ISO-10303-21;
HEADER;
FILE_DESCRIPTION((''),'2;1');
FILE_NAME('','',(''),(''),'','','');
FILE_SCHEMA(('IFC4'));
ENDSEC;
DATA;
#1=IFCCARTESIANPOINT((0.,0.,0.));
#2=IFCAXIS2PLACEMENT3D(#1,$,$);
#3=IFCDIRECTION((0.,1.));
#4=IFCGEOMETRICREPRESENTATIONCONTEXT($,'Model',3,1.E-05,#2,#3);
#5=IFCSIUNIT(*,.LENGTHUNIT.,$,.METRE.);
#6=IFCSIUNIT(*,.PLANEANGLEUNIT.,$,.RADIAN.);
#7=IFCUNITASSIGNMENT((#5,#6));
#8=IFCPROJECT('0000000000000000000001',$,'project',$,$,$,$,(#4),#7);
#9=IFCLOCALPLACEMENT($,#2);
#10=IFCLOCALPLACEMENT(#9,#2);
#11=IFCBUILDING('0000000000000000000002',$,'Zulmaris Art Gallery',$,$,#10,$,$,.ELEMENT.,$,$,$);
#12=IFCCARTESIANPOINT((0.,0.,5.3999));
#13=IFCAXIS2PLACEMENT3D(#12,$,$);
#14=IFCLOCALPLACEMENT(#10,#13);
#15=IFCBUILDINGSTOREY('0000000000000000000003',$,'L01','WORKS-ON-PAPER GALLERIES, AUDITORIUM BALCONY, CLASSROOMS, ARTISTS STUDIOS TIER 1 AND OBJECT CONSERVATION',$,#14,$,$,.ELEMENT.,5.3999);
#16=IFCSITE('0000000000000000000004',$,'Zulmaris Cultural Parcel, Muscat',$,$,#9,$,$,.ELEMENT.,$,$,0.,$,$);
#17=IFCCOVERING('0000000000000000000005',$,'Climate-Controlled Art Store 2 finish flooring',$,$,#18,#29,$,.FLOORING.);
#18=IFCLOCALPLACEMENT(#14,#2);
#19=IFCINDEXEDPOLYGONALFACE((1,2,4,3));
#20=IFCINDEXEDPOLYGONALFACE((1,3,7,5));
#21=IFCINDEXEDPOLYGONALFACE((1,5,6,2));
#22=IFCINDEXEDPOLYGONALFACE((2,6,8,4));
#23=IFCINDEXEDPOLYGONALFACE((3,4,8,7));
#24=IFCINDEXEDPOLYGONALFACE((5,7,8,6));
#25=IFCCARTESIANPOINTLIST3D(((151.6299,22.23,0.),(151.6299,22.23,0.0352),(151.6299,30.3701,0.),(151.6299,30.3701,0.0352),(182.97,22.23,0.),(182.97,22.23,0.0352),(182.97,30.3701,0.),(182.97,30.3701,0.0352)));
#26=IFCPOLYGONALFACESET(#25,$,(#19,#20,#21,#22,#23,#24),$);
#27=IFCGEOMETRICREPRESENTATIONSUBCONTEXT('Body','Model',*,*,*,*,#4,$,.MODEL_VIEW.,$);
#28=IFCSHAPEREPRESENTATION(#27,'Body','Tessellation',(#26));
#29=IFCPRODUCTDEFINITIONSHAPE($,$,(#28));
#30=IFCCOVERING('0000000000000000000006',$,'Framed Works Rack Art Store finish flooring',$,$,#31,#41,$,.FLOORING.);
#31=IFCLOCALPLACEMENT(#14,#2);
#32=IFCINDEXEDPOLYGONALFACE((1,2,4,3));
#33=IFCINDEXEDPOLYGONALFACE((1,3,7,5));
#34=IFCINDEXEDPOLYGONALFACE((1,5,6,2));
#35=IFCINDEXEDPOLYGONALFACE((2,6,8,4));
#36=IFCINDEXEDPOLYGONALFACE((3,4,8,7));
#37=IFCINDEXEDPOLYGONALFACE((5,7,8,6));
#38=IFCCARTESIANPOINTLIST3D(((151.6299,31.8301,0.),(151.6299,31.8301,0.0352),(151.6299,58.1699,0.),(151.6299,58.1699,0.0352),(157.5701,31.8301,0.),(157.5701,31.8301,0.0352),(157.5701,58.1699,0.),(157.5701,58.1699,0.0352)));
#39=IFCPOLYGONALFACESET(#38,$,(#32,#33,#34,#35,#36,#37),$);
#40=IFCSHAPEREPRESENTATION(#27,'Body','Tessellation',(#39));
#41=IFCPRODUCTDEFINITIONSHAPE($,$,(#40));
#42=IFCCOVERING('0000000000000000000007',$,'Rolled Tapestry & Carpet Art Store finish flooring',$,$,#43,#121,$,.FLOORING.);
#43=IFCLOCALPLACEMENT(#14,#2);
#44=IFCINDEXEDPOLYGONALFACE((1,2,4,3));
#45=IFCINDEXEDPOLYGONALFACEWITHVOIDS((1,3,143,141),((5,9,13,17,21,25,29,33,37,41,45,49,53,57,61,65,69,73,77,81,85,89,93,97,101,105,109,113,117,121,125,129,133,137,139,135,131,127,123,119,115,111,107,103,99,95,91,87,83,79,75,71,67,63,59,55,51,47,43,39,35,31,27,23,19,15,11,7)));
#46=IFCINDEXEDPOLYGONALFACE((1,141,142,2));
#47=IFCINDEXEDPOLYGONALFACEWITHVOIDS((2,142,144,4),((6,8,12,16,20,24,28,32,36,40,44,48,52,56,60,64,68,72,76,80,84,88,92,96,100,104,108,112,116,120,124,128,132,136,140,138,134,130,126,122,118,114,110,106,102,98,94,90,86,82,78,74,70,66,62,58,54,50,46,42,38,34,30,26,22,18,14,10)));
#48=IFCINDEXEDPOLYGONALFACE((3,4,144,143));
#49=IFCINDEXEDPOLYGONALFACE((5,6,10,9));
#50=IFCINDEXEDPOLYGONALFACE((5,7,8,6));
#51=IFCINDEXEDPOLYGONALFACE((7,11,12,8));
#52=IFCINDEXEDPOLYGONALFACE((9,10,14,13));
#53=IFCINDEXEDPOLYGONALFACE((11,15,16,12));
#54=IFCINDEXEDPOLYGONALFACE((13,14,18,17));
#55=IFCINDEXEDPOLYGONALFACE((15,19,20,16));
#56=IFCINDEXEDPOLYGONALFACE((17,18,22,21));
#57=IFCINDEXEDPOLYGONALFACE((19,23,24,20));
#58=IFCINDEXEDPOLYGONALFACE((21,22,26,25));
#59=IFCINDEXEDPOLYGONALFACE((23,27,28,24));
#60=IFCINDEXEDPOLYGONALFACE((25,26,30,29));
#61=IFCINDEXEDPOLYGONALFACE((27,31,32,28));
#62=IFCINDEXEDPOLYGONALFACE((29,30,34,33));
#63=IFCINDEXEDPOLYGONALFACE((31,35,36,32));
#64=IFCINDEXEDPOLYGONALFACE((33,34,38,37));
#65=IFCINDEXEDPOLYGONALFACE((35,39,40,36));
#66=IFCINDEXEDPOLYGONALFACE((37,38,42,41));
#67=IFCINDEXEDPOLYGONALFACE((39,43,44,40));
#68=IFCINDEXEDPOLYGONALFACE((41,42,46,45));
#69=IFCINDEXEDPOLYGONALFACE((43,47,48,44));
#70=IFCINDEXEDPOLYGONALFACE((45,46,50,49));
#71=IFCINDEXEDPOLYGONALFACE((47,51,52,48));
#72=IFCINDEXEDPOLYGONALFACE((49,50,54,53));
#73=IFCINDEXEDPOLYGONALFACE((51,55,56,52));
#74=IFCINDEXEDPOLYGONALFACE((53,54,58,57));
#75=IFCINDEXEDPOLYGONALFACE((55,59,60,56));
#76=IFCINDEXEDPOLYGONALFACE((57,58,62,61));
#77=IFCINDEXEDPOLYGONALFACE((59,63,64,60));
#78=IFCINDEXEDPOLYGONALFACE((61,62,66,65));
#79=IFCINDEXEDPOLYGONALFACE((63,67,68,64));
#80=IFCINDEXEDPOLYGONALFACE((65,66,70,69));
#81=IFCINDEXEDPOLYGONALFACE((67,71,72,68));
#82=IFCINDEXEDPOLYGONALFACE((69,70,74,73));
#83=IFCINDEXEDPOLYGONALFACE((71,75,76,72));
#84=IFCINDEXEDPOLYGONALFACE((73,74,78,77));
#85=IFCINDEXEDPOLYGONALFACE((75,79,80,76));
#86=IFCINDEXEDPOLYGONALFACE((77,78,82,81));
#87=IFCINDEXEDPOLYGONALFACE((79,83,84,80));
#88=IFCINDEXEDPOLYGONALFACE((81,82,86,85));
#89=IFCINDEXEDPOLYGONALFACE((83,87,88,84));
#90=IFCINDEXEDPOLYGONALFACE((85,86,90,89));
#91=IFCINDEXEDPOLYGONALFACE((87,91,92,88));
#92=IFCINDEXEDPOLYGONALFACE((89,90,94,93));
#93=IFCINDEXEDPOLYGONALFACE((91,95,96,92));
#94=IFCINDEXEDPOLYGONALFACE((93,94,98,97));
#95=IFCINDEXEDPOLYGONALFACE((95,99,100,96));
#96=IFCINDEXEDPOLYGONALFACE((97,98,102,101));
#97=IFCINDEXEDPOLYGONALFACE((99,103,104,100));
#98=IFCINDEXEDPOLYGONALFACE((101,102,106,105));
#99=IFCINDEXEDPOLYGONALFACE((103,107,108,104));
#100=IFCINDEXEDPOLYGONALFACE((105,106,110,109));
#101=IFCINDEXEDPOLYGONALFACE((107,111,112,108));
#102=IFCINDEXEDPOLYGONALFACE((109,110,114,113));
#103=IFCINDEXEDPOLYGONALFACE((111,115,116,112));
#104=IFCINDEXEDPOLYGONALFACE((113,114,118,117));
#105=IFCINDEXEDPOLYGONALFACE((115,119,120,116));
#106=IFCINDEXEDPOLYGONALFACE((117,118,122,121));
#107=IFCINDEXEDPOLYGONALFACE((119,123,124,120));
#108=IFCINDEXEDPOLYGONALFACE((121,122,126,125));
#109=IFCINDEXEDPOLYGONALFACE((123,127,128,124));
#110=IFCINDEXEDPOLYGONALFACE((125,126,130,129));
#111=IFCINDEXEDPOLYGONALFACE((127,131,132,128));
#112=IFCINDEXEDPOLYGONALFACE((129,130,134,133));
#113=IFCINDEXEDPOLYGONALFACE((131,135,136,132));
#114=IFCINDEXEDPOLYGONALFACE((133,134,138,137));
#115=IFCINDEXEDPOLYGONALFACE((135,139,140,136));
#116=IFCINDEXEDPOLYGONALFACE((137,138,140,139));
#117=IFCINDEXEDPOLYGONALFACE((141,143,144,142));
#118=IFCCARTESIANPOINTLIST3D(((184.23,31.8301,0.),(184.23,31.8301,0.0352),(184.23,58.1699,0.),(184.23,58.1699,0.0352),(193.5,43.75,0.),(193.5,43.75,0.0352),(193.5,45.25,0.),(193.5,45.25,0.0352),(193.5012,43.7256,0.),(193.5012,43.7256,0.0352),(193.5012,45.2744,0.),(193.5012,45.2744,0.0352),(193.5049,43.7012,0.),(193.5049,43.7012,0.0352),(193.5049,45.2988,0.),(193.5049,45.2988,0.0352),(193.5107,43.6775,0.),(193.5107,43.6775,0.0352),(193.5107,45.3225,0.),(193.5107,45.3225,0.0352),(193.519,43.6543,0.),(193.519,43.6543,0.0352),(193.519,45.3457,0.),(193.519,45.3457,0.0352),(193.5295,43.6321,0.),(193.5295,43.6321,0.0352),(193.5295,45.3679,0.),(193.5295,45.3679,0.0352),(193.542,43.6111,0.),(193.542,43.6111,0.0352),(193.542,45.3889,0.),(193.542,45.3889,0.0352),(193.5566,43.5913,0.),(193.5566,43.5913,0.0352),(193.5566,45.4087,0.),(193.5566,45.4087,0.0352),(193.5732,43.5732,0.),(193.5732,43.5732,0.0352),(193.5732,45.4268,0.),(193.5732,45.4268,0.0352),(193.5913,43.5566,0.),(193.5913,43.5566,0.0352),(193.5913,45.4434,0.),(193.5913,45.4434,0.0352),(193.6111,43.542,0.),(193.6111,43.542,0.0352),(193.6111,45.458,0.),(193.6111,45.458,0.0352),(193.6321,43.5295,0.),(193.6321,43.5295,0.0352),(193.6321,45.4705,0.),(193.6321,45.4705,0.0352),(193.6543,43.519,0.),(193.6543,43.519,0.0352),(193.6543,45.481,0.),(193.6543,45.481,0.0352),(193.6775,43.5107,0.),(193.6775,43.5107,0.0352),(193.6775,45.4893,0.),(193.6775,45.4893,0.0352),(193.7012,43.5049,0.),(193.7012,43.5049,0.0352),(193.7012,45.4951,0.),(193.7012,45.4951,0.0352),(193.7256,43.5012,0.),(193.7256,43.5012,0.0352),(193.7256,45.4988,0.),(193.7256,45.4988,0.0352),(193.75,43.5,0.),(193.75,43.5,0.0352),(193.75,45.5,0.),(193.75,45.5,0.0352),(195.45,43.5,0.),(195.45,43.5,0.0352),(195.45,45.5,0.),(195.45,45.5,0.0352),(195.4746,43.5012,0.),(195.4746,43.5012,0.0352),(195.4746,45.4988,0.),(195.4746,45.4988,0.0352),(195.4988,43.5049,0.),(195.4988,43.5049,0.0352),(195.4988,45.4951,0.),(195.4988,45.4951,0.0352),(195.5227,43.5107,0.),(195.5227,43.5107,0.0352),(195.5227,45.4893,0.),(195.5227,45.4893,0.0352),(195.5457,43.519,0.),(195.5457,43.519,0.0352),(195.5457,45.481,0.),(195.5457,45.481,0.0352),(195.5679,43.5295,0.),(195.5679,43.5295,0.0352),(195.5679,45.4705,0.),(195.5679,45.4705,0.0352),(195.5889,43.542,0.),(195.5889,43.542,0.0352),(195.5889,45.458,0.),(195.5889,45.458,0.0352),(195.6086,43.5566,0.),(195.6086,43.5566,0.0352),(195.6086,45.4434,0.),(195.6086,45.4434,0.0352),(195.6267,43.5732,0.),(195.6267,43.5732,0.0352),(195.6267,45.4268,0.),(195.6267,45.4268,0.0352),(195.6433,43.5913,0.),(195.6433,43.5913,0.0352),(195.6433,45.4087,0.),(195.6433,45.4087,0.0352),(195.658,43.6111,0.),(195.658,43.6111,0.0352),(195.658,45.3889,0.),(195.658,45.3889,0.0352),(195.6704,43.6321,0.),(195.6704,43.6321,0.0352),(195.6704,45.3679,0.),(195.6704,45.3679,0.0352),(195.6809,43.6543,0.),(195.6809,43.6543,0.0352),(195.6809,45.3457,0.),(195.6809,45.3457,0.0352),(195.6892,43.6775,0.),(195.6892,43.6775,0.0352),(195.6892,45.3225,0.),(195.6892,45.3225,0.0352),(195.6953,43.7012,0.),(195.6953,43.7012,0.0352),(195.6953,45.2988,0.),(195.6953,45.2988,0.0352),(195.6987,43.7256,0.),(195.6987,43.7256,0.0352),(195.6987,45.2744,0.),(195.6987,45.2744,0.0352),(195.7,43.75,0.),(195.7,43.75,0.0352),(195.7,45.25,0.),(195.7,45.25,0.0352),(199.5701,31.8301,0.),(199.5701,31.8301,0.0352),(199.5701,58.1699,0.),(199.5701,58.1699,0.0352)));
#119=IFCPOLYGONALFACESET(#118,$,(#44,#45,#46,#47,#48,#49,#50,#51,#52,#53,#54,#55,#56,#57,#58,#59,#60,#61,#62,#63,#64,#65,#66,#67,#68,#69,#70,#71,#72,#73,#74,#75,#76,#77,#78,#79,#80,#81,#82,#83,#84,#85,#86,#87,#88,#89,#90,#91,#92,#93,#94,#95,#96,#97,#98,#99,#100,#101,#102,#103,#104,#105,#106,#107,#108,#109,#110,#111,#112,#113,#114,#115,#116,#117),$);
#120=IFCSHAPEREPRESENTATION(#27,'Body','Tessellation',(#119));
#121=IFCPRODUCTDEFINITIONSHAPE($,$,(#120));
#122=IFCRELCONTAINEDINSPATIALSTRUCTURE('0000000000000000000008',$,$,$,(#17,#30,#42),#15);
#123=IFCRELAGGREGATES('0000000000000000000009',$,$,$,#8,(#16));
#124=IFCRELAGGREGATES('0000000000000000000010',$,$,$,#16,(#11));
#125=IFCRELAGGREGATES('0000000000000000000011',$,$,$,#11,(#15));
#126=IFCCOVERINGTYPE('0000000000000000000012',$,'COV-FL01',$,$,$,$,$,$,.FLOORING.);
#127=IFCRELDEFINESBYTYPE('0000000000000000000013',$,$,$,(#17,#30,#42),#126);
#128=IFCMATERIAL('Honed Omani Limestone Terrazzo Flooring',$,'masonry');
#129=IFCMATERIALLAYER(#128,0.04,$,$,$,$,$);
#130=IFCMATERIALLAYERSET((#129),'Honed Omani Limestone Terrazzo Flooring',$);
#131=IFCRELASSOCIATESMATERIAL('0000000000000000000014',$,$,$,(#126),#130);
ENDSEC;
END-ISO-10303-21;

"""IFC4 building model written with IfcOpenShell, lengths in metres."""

from ifc_helpers import new_model, si_unit, direction, frame, origin, place, context, subcontext, project, spatial, polyline, outline, extrude, material, layer, layer_set, type_object, element, save


model = new_model("IFC4")

# Units and contexts
model_context = context("Model", 3, precision=1e-05, world=origin(), true_north=direction((0.0, 1.0)))
body_context = subcontext(model_context, "Body", "Model", "MODEL_VIEW")
ifc_project = project(units=[si_unit("LENGTHUNIT", "METRE"), si_unit("PLANEANGLEUNIT", "RADIAN")], contexts=[model_context])

# Site, building, storey
site_placement = place(None, origin())
site = spatial("IfcSite", under=ifc_project, at=site_placement, Name="Zulmaris Cultural Parcel, Muscat", CompositionType="ELEMENT", RefElevation=0.0)
building_placement = place(site_placement, origin())
building = spatial("IfcBuilding", under=site, at=building_placement, Name="Zulmaris Art Gallery", CompositionType="ELEMENT")
storey_placement = place(building_placement, frame((0.0, 0.0, 5.3999)))
storey = spatial("IfcBuildingStorey", under=building, at=storey_placement, Name="L01", Description="WORKS-ON-PAPER GALLERIES, AUDITORIUM BALCONY, CLASSROOMS, ARTISTS STUDIOS TIER 1 AND OBJECT CONSERVATION", CompositionType="ELEMENT", Elevation=5.3999)

# Coverings
ifc_material_1 = material(Name="Honed Omani Limestone Terrazzo Flooring", Category="masonry")
ifc_layer_1 = layer(ifc_material_1, 0.04)
ifc_layer_set_1 = layer_set([ifc_layer_1], Name="Honed Omani Limestone Terrazzo Flooring")
covering_type_1 = type_object("IfcCoveringType", Name="COV-FL01", PredefinedType="FLOORING", material=ifc_layer_set_1)
covering_1_placement = place(storey_placement, origin())
element("IfcCovering", 1, at=covering_1_placement, inside=storey, type_object=covering_type_1, Name="Climate-Controlled Art Store 2 finish flooring", PredefinedType="FLOORING", context=body_context, shape_type="SweptSolid", body=[
    extrude(outline(polyline([(182.97, 22.23), (151.6299, 22.23), (151.6299, 30.3701), (182.97, 30.3701), (182.97, 22.23)])), origin(), (0.0, 0.0, 1.0), 0.0352),
])
covering_2_placement = place(storey_placement, origin())
element("IfcCovering", 2, at=covering_2_placement, inside=storey, type_object=covering_type_1, Name="Framed Works Rack Art Store finish flooring", PredefinedType="FLOORING", context=body_context, shape_type="SweptSolid", body=[
    extrude(outline(polyline([(157.5701, 31.8301), (151.6299, 31.8301), (151.6299, 58.1699), (157.5701, 58.1699), (157.5701, 31.8301)])), origin(), (0.0, 0.0, 1.0), 0.0352),
])
covering_3_placement = place(storey_placement, origin())
element("IfcCovering", 3, at=covering_3_placement, inside=storey, type_object=covering_type_1, Name="Rolled Tapestry & Carpet Art Store finish flooring", PredefinedType="FLOORING", context=body_context, shape_type="SweptSolid", body=[
    extrude(outline(polyline([(199.5701, 31.8301), (184.23, 31.8301), (184.23, 58.1699), (199.5701, 58.1699), (199.5701, 31.8301)]), holes=[polyline([(193.7256, 45.4988), (193.7012, 45.4951), (193.6775, 45.4893), (193.6543, 45.481), (193.6321, 45.4705), (193.6111, 45.458), (193.5913, 45.4434), (193.5732, 45.4268), (193.5566, 45.4087), (193.542, 45.3889), (193.5295, 45.3679), (193.519, 45.3457), (193.5107, 45.3225), (193.5049, 45.2988), (193.5012, 45.2744), (193.5, 45.25), (193.5, 43.75), (193.5012, 43.7256), (193.5049, 43.7012), (193.5107, 43.6775), (193.519, 43.6543), (193.5295, 43.6321), (193.542, 43.6111), (193.5566, 43.5913), (193.5732, 43.5732), (193.5913, 43.5566), (193.6111, 43.542), (193.6321, 43.5295), (193.6543, 43.519), (193.6775, 43.5107), (193.7012, 43.5049), (193.7256, 43.5012), (193.75, 43.5), (195.45, 43.5), (195.4746, 43.5012), (195.4988, 43.5049), (195.5227, 43.5107), (195.5457, 43.519), (195.5679, 43.5295), (195.5889, 43.542), (195.6086, 43.5566), (195.6267, 43.5732), (195.6433, 43.5913), (195.658, 43.6111), (195.6704, 43.6321), (195.6809, 43.6543), (195.6892, 43.6775), (195.6953, 43.7012), (195.6987, 43.7256), (195.7, 43.75), (195.7, 45.25), (195.6987, 45.2744), (195.6953, 45.2988), (195.6892, 45.3225), (195.6809, 45.3457), (195.6704, 45.3679), (195.658, 45.3889), (195.6433, 45.4087), (195.6267, 45.4268), (195.6086, 45.4434), (195.5889, 45.458), (195.5679, 45.4705), (195.5457, 45.481), (195.5227, 45.4893), (195.4988, 45.4951), (195.4746, 45.4988), (195.45, 45.5), (193.75, 45.5), (193.7256, 45.4988)])]), origin(), (0.0, 0.0, 1.0), 0.0352),
])

save(model, "model.ifc")
